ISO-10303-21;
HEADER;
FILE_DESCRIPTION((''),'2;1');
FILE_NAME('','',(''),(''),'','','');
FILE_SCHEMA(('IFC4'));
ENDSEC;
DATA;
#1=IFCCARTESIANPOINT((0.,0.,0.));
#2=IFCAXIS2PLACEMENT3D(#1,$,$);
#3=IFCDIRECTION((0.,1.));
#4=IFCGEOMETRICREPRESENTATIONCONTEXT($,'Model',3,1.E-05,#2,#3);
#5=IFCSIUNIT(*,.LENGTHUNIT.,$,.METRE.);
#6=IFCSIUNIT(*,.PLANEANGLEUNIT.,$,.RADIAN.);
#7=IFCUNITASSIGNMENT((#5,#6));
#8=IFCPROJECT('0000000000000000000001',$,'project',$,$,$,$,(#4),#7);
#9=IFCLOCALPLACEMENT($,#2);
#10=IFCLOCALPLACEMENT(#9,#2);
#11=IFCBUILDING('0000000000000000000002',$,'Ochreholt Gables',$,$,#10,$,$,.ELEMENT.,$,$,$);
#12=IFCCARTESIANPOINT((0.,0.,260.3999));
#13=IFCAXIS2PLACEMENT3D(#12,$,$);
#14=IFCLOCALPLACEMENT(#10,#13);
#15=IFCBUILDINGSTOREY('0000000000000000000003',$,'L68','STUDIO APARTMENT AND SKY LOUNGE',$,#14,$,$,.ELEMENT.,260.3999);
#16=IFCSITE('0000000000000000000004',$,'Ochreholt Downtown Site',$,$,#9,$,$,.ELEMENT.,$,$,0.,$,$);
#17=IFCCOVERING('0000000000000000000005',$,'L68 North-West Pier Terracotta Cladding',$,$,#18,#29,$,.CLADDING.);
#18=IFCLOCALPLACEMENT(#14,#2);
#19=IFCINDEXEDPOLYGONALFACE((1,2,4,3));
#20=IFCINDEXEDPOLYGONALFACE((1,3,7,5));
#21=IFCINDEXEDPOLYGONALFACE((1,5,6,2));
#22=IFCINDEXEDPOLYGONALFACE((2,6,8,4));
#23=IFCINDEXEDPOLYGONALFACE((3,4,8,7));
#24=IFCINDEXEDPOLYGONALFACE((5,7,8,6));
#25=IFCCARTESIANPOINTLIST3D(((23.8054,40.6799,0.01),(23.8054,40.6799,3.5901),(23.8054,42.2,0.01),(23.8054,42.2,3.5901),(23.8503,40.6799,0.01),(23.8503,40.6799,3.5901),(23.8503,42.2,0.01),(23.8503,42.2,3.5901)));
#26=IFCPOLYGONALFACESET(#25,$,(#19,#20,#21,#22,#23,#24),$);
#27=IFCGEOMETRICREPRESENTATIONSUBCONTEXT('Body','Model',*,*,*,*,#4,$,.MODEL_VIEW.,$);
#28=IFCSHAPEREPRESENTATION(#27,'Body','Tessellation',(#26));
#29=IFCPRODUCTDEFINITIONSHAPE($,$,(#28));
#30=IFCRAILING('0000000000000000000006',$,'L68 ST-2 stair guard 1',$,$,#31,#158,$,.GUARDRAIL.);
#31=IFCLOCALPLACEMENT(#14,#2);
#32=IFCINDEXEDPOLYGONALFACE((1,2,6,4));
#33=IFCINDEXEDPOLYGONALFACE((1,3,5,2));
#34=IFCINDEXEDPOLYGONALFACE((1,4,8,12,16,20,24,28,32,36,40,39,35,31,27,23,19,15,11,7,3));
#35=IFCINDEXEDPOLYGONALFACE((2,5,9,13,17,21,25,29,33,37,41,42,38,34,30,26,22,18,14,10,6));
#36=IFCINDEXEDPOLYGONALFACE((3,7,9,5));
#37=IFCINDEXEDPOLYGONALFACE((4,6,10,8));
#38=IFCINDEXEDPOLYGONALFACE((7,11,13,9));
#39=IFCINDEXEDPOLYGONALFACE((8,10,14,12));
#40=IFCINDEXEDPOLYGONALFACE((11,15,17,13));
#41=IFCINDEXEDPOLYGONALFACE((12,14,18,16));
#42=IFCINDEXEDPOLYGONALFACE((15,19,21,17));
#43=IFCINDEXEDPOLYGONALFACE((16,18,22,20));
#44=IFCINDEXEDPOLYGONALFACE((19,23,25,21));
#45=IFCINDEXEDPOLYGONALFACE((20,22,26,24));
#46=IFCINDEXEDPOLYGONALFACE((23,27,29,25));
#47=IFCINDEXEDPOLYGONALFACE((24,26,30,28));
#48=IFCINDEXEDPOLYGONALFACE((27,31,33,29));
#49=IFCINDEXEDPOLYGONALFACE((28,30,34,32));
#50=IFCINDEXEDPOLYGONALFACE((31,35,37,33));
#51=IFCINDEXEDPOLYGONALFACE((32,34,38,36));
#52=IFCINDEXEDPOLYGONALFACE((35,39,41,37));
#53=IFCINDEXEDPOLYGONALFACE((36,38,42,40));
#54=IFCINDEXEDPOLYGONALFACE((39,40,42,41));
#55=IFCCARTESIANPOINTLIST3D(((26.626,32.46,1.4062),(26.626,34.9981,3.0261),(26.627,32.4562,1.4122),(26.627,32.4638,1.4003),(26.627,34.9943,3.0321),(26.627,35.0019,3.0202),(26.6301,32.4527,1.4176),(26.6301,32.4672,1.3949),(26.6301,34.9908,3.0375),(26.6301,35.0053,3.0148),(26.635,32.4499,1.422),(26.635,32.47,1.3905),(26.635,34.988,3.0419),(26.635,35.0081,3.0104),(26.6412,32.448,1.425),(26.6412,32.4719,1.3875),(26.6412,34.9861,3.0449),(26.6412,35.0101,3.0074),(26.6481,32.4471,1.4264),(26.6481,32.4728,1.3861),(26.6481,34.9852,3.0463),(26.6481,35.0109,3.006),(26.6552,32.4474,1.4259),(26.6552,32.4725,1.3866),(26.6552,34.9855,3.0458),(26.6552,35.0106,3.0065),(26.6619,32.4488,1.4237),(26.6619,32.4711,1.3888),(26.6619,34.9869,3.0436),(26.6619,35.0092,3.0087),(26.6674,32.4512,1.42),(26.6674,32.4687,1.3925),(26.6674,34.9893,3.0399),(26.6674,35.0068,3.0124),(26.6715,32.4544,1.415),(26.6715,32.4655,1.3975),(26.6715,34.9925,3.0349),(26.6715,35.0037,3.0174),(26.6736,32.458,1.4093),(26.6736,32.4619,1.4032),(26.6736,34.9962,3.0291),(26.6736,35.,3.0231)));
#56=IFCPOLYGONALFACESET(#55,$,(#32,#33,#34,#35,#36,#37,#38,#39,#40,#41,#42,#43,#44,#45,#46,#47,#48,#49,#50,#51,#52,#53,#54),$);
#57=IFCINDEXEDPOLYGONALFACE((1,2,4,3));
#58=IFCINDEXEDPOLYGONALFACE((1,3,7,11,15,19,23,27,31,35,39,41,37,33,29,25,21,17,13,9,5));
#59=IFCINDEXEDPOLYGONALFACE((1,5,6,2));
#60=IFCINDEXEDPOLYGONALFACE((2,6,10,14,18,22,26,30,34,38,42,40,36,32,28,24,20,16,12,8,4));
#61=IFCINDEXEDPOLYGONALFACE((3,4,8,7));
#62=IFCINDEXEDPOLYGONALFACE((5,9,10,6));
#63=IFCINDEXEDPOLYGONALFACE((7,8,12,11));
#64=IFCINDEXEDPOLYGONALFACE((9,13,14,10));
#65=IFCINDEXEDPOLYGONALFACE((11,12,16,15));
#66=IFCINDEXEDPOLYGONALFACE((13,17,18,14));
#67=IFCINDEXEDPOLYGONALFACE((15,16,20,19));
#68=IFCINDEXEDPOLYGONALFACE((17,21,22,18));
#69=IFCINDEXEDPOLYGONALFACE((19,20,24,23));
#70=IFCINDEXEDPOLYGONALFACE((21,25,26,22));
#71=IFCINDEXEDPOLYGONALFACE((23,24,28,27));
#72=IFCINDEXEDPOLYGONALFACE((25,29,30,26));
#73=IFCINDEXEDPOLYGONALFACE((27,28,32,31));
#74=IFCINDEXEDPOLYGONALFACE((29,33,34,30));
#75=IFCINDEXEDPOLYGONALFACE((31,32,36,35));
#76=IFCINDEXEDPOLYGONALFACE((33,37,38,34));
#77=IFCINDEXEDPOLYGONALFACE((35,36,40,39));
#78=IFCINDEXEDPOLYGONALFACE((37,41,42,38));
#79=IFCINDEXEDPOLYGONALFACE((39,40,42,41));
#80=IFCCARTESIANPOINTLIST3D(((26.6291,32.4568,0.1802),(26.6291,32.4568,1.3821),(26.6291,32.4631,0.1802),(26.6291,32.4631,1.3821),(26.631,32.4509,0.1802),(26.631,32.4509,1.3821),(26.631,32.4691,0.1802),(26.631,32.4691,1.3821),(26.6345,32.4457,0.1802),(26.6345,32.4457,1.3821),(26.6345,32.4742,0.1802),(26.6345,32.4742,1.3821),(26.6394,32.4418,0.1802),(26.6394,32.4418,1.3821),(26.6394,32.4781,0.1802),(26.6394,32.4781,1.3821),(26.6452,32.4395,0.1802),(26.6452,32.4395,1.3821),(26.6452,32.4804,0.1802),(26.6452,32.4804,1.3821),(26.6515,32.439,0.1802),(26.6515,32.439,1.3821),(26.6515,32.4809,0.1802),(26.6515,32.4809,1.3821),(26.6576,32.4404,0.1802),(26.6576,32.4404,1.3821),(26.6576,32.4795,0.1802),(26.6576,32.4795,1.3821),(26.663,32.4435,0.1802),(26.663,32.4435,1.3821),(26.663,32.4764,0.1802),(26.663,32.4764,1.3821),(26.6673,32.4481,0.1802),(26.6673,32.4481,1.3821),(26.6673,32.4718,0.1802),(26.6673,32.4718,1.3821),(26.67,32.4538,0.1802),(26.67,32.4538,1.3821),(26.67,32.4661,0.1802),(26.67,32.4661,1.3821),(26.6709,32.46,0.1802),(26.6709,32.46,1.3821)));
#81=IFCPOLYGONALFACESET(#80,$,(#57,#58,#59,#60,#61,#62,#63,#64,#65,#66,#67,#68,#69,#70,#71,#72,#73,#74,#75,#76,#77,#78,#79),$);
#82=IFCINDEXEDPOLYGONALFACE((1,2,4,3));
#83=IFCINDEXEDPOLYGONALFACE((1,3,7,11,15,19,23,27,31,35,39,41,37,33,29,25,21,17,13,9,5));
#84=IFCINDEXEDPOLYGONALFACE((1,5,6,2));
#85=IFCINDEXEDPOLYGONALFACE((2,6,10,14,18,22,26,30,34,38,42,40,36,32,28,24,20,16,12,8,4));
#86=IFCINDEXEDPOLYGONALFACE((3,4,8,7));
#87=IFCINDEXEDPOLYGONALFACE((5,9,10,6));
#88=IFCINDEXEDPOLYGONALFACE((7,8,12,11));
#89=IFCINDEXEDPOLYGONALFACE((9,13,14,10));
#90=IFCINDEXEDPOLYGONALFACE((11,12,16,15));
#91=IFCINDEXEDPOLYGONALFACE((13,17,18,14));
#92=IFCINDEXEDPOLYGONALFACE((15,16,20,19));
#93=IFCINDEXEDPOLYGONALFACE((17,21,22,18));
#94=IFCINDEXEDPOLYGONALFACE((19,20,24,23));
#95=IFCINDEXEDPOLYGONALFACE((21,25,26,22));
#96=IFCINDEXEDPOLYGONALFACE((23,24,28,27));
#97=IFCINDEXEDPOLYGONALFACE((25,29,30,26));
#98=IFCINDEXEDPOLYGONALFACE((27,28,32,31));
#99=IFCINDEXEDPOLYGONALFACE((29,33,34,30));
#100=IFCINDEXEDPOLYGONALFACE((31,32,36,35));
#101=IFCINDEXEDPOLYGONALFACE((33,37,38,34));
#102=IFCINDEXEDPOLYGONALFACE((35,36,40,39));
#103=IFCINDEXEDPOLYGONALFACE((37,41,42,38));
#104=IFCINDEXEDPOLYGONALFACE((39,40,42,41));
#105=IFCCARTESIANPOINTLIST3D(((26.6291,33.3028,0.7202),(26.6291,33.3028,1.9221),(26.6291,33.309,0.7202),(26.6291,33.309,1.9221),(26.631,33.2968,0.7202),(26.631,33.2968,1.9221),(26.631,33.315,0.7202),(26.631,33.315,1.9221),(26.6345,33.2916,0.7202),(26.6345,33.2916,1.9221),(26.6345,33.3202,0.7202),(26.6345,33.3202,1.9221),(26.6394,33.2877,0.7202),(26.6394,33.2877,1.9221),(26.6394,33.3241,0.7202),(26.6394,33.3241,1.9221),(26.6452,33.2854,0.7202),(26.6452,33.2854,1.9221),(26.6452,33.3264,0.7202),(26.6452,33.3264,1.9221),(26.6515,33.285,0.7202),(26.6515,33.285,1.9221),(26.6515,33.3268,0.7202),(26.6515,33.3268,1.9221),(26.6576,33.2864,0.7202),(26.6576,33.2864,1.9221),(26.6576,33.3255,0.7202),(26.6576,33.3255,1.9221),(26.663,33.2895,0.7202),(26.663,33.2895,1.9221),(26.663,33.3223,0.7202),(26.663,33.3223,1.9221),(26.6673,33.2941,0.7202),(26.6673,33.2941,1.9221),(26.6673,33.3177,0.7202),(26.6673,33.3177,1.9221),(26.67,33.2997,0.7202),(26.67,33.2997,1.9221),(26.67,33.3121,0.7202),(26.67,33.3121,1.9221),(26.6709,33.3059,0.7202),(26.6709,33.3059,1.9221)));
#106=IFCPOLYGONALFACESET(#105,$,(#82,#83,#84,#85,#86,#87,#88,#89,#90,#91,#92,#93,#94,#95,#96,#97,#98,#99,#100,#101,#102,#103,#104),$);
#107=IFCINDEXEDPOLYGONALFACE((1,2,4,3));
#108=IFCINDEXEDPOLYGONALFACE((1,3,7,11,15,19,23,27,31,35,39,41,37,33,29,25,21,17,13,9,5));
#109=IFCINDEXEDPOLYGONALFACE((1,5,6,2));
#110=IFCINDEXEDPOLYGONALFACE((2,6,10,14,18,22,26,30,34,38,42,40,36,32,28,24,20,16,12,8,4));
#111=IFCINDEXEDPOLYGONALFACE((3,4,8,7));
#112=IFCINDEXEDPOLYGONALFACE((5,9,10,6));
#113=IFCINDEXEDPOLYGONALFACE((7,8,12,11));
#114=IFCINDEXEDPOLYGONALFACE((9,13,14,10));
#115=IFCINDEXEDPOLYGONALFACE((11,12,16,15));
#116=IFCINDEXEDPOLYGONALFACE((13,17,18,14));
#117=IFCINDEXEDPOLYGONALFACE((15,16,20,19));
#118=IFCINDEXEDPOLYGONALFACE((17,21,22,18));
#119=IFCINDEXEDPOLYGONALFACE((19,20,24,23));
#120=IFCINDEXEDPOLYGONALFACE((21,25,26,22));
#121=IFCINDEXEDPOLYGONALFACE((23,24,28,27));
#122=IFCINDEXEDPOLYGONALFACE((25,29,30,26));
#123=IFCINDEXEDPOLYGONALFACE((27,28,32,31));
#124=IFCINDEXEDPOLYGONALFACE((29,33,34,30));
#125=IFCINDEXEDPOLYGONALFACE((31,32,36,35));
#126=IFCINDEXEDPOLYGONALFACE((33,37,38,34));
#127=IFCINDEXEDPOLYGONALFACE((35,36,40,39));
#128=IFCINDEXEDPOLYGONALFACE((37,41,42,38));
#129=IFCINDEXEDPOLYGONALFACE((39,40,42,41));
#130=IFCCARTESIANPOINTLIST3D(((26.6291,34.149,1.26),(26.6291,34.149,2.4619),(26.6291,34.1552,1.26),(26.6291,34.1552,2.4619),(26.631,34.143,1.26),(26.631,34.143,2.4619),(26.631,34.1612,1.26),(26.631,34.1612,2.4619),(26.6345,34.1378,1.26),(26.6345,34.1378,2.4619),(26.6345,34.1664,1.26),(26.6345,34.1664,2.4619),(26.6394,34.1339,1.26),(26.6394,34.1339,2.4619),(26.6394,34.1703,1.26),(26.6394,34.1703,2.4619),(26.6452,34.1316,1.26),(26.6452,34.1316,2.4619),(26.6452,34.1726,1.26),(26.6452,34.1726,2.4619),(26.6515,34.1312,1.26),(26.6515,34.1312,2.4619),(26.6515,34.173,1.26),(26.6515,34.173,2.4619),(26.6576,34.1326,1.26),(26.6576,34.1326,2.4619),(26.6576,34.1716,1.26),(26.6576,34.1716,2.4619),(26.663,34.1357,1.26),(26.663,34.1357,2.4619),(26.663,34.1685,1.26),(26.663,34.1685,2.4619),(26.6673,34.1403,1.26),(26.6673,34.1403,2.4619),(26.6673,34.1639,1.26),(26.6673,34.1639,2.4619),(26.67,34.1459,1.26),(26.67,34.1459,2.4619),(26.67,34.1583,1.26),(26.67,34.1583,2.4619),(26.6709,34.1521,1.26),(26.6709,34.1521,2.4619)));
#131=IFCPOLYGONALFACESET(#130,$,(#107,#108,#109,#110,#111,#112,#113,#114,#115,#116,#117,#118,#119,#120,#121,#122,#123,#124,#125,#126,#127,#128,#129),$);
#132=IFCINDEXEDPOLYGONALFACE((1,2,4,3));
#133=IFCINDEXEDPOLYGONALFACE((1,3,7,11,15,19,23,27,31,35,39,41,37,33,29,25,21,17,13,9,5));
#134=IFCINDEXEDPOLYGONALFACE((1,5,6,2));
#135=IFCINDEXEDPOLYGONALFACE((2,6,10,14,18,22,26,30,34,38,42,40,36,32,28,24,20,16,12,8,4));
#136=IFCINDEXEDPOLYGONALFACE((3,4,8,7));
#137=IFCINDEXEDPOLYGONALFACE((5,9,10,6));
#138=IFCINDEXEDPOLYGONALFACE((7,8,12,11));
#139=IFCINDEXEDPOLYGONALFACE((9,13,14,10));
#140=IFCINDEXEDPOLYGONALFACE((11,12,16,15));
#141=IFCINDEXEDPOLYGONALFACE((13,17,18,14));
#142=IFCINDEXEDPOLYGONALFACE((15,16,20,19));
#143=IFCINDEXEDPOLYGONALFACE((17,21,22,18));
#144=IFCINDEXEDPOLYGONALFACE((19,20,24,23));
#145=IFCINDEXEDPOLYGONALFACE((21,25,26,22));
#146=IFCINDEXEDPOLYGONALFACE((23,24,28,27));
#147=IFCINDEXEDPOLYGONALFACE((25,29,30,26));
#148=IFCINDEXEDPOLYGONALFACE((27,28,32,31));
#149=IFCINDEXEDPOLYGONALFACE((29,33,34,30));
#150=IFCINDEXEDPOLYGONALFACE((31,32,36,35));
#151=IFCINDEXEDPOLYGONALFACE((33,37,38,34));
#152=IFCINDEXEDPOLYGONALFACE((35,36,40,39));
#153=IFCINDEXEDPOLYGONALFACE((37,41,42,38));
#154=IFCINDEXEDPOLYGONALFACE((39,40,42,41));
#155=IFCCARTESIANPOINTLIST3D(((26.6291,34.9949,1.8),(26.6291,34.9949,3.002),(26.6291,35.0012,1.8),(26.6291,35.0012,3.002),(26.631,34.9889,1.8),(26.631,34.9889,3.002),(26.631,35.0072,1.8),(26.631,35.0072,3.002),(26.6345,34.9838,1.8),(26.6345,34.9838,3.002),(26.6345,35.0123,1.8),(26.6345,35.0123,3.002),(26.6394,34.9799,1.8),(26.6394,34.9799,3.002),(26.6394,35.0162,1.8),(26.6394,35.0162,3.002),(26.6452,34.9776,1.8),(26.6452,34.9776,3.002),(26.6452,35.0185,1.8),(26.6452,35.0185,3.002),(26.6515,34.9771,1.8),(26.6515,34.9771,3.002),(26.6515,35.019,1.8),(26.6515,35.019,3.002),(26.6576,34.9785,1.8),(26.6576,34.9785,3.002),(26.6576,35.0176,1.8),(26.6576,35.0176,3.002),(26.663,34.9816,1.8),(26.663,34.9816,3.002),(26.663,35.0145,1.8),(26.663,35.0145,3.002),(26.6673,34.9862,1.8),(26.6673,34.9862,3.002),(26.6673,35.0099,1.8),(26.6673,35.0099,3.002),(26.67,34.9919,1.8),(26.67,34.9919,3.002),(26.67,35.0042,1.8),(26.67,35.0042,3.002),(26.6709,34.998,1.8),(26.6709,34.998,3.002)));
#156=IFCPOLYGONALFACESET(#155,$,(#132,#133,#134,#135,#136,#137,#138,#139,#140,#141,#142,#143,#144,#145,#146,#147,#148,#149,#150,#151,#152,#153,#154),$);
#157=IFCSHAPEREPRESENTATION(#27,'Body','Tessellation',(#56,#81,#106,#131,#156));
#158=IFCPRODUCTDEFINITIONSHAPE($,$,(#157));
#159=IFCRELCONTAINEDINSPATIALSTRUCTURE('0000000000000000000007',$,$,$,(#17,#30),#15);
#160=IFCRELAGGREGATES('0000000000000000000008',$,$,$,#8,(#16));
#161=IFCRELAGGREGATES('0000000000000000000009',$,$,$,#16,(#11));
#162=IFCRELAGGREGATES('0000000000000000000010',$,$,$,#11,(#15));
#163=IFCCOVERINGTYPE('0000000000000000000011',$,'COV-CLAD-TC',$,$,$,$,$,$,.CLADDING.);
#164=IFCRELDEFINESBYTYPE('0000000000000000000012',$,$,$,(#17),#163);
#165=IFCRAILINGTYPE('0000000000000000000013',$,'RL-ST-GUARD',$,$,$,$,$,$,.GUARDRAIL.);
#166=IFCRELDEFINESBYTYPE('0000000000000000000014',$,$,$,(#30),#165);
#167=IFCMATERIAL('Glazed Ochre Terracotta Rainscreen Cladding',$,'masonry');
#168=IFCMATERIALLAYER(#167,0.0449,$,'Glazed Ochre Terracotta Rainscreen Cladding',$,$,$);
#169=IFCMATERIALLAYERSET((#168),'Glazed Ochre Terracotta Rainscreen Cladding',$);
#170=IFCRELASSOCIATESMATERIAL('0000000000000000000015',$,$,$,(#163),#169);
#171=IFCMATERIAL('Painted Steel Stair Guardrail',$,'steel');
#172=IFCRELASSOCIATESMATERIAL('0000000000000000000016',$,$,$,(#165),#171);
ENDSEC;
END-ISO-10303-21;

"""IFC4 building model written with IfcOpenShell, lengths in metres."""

from ifc_helpers import new_model, si_unit, direction, frame, origin, origin_2d, place, context, subcontext, project, spatial, rectangle, circle, extrude, material, layer, layer_set, type_object, element, save


model = new_model("IFC4")

# Units and contexts
model_context = context("Model", 3, precision=1e-05, world=origin(), true_north=direction((0.0, 1.0)))
body_context = subcontext(model_context, "Body", "Model", "MODEL_VIEW")
ifc_project = project(units=[si_unit("LENGTHUNIT", "METRE"), si_unit("PLANEANGLEUNIT", "RADIAN")], contexts=[model_context])

# Site, building, storey
site_placement = place(None, origin())
site = spatial("IfcSite", under=ifc_project, at=site_placement, Name="Ochreholt Downtown Site", CompositionType="ELEMENT", RefElevation=0.0)
building_placement = place(site_placement, origin())
building = spatial("IfcBuilding", under=site, at=building_placement, Name="Ochreholt Gables", CompositionType="ELEMENT")
storey_placement = place(building_placement, frame((0.0, 0.0, 260.3999)))
storey = spatial("IfcBuildingStorey", under=building, at=storey_placement, Name="L68", Description="STUDIO APARTMENT AND SKY LOUNGE", CompositionType="ELEMENT", Elevation=260.3999)

# Covering
ifc_material_1 = material(Name="Glazed Ochre Terracotta Rainscreen Cladding", Category="masonry")
ifc_layer_1 = layer(ifc_material_1, 0.0449, Name="Glazed Ochre Terracotta Rainscreen Cladding")
ifc_layer_set_1 = layer_set([ifc_layer_1], Name="Glazed Ochre Terracotta Rainscreen Cladding")
covering_type = type_object("IfcCoveringType", Name="COV-CLAD-TC", PredefinedType="CLADDING", material=ifc_layer_set_1)
covering_placement = place(storey_placement, frame((23.8279, 41.4399, 0.01), z_axis=(0.0, 0.0, 1.0), x_axis=(0.0, 1.0, 0.0)))
element("IfcCovering", 1, at=covering_placement, inside=storey, type_object=covering_type, Name="L68 North-West Pier Terracotta Cladding", PredefinedType="CLADDING", context=body_context, shape_type="SweptSolid", body=[
    extrude(rectangle(XDim=1.52, YDim=0.0449, at=origin_2d()), origin(), (0.0, 0.0, 1.0), 3.5801),
])

# Railing
ifc_material_2 = material(Name="Painted Steel Stair Guardrail", Category="steel")
railing_type_1 = type_object("IfcRailingType", Name="RL-ST-GUARD", PredefinedType="GUARDRAIL", material=ifc_material_2)
railing_1_placement = place(storey_placement, frame((26.6499, 32.46, 0.1802)))
element("IfcRailing", 2, at=railing_1_placement, inside=storey, type_object=railing_type_1, Name="L68 ST-2 stair guard 1", PredefinedType="GUARDRAIL", context=body_context, shape_type="SweptSolid", body=[
    extrude(circle(Radius=0.0239, at=origin_2d()), frame((0.0, 0.0, 1.2261), z_axis=(0.0, 0.84295, 0.537993), x_axis=(-1.0, 0.0, 0.0)), (0.0, 0.0, 1.0), 3.011),
    extrude(circle(Radius=0.021, at=origin_2d()), origin(), (0.0, 0.0, 1.0), 1.2019),
    extrude(circle(Radius=0.021, at=origin_2d()), frame((0.0, 0.8459, 0.54)), (0.0, 0.0, 1.0), 1.2019),
    extrude(circle(Radius=0.021, at=origin_2d()), frame((0.0, 1.6921, 1.0798)), (0.0, 0.0, 1.0), 1.2019),
    extrude(circle(Radius=0.021, at=origin_2d()), frame((0.0, 2.5381, 1.6199)), (0.0, 0.0, 1.0), 1.2019),
])

save(model, "model.ifc")
